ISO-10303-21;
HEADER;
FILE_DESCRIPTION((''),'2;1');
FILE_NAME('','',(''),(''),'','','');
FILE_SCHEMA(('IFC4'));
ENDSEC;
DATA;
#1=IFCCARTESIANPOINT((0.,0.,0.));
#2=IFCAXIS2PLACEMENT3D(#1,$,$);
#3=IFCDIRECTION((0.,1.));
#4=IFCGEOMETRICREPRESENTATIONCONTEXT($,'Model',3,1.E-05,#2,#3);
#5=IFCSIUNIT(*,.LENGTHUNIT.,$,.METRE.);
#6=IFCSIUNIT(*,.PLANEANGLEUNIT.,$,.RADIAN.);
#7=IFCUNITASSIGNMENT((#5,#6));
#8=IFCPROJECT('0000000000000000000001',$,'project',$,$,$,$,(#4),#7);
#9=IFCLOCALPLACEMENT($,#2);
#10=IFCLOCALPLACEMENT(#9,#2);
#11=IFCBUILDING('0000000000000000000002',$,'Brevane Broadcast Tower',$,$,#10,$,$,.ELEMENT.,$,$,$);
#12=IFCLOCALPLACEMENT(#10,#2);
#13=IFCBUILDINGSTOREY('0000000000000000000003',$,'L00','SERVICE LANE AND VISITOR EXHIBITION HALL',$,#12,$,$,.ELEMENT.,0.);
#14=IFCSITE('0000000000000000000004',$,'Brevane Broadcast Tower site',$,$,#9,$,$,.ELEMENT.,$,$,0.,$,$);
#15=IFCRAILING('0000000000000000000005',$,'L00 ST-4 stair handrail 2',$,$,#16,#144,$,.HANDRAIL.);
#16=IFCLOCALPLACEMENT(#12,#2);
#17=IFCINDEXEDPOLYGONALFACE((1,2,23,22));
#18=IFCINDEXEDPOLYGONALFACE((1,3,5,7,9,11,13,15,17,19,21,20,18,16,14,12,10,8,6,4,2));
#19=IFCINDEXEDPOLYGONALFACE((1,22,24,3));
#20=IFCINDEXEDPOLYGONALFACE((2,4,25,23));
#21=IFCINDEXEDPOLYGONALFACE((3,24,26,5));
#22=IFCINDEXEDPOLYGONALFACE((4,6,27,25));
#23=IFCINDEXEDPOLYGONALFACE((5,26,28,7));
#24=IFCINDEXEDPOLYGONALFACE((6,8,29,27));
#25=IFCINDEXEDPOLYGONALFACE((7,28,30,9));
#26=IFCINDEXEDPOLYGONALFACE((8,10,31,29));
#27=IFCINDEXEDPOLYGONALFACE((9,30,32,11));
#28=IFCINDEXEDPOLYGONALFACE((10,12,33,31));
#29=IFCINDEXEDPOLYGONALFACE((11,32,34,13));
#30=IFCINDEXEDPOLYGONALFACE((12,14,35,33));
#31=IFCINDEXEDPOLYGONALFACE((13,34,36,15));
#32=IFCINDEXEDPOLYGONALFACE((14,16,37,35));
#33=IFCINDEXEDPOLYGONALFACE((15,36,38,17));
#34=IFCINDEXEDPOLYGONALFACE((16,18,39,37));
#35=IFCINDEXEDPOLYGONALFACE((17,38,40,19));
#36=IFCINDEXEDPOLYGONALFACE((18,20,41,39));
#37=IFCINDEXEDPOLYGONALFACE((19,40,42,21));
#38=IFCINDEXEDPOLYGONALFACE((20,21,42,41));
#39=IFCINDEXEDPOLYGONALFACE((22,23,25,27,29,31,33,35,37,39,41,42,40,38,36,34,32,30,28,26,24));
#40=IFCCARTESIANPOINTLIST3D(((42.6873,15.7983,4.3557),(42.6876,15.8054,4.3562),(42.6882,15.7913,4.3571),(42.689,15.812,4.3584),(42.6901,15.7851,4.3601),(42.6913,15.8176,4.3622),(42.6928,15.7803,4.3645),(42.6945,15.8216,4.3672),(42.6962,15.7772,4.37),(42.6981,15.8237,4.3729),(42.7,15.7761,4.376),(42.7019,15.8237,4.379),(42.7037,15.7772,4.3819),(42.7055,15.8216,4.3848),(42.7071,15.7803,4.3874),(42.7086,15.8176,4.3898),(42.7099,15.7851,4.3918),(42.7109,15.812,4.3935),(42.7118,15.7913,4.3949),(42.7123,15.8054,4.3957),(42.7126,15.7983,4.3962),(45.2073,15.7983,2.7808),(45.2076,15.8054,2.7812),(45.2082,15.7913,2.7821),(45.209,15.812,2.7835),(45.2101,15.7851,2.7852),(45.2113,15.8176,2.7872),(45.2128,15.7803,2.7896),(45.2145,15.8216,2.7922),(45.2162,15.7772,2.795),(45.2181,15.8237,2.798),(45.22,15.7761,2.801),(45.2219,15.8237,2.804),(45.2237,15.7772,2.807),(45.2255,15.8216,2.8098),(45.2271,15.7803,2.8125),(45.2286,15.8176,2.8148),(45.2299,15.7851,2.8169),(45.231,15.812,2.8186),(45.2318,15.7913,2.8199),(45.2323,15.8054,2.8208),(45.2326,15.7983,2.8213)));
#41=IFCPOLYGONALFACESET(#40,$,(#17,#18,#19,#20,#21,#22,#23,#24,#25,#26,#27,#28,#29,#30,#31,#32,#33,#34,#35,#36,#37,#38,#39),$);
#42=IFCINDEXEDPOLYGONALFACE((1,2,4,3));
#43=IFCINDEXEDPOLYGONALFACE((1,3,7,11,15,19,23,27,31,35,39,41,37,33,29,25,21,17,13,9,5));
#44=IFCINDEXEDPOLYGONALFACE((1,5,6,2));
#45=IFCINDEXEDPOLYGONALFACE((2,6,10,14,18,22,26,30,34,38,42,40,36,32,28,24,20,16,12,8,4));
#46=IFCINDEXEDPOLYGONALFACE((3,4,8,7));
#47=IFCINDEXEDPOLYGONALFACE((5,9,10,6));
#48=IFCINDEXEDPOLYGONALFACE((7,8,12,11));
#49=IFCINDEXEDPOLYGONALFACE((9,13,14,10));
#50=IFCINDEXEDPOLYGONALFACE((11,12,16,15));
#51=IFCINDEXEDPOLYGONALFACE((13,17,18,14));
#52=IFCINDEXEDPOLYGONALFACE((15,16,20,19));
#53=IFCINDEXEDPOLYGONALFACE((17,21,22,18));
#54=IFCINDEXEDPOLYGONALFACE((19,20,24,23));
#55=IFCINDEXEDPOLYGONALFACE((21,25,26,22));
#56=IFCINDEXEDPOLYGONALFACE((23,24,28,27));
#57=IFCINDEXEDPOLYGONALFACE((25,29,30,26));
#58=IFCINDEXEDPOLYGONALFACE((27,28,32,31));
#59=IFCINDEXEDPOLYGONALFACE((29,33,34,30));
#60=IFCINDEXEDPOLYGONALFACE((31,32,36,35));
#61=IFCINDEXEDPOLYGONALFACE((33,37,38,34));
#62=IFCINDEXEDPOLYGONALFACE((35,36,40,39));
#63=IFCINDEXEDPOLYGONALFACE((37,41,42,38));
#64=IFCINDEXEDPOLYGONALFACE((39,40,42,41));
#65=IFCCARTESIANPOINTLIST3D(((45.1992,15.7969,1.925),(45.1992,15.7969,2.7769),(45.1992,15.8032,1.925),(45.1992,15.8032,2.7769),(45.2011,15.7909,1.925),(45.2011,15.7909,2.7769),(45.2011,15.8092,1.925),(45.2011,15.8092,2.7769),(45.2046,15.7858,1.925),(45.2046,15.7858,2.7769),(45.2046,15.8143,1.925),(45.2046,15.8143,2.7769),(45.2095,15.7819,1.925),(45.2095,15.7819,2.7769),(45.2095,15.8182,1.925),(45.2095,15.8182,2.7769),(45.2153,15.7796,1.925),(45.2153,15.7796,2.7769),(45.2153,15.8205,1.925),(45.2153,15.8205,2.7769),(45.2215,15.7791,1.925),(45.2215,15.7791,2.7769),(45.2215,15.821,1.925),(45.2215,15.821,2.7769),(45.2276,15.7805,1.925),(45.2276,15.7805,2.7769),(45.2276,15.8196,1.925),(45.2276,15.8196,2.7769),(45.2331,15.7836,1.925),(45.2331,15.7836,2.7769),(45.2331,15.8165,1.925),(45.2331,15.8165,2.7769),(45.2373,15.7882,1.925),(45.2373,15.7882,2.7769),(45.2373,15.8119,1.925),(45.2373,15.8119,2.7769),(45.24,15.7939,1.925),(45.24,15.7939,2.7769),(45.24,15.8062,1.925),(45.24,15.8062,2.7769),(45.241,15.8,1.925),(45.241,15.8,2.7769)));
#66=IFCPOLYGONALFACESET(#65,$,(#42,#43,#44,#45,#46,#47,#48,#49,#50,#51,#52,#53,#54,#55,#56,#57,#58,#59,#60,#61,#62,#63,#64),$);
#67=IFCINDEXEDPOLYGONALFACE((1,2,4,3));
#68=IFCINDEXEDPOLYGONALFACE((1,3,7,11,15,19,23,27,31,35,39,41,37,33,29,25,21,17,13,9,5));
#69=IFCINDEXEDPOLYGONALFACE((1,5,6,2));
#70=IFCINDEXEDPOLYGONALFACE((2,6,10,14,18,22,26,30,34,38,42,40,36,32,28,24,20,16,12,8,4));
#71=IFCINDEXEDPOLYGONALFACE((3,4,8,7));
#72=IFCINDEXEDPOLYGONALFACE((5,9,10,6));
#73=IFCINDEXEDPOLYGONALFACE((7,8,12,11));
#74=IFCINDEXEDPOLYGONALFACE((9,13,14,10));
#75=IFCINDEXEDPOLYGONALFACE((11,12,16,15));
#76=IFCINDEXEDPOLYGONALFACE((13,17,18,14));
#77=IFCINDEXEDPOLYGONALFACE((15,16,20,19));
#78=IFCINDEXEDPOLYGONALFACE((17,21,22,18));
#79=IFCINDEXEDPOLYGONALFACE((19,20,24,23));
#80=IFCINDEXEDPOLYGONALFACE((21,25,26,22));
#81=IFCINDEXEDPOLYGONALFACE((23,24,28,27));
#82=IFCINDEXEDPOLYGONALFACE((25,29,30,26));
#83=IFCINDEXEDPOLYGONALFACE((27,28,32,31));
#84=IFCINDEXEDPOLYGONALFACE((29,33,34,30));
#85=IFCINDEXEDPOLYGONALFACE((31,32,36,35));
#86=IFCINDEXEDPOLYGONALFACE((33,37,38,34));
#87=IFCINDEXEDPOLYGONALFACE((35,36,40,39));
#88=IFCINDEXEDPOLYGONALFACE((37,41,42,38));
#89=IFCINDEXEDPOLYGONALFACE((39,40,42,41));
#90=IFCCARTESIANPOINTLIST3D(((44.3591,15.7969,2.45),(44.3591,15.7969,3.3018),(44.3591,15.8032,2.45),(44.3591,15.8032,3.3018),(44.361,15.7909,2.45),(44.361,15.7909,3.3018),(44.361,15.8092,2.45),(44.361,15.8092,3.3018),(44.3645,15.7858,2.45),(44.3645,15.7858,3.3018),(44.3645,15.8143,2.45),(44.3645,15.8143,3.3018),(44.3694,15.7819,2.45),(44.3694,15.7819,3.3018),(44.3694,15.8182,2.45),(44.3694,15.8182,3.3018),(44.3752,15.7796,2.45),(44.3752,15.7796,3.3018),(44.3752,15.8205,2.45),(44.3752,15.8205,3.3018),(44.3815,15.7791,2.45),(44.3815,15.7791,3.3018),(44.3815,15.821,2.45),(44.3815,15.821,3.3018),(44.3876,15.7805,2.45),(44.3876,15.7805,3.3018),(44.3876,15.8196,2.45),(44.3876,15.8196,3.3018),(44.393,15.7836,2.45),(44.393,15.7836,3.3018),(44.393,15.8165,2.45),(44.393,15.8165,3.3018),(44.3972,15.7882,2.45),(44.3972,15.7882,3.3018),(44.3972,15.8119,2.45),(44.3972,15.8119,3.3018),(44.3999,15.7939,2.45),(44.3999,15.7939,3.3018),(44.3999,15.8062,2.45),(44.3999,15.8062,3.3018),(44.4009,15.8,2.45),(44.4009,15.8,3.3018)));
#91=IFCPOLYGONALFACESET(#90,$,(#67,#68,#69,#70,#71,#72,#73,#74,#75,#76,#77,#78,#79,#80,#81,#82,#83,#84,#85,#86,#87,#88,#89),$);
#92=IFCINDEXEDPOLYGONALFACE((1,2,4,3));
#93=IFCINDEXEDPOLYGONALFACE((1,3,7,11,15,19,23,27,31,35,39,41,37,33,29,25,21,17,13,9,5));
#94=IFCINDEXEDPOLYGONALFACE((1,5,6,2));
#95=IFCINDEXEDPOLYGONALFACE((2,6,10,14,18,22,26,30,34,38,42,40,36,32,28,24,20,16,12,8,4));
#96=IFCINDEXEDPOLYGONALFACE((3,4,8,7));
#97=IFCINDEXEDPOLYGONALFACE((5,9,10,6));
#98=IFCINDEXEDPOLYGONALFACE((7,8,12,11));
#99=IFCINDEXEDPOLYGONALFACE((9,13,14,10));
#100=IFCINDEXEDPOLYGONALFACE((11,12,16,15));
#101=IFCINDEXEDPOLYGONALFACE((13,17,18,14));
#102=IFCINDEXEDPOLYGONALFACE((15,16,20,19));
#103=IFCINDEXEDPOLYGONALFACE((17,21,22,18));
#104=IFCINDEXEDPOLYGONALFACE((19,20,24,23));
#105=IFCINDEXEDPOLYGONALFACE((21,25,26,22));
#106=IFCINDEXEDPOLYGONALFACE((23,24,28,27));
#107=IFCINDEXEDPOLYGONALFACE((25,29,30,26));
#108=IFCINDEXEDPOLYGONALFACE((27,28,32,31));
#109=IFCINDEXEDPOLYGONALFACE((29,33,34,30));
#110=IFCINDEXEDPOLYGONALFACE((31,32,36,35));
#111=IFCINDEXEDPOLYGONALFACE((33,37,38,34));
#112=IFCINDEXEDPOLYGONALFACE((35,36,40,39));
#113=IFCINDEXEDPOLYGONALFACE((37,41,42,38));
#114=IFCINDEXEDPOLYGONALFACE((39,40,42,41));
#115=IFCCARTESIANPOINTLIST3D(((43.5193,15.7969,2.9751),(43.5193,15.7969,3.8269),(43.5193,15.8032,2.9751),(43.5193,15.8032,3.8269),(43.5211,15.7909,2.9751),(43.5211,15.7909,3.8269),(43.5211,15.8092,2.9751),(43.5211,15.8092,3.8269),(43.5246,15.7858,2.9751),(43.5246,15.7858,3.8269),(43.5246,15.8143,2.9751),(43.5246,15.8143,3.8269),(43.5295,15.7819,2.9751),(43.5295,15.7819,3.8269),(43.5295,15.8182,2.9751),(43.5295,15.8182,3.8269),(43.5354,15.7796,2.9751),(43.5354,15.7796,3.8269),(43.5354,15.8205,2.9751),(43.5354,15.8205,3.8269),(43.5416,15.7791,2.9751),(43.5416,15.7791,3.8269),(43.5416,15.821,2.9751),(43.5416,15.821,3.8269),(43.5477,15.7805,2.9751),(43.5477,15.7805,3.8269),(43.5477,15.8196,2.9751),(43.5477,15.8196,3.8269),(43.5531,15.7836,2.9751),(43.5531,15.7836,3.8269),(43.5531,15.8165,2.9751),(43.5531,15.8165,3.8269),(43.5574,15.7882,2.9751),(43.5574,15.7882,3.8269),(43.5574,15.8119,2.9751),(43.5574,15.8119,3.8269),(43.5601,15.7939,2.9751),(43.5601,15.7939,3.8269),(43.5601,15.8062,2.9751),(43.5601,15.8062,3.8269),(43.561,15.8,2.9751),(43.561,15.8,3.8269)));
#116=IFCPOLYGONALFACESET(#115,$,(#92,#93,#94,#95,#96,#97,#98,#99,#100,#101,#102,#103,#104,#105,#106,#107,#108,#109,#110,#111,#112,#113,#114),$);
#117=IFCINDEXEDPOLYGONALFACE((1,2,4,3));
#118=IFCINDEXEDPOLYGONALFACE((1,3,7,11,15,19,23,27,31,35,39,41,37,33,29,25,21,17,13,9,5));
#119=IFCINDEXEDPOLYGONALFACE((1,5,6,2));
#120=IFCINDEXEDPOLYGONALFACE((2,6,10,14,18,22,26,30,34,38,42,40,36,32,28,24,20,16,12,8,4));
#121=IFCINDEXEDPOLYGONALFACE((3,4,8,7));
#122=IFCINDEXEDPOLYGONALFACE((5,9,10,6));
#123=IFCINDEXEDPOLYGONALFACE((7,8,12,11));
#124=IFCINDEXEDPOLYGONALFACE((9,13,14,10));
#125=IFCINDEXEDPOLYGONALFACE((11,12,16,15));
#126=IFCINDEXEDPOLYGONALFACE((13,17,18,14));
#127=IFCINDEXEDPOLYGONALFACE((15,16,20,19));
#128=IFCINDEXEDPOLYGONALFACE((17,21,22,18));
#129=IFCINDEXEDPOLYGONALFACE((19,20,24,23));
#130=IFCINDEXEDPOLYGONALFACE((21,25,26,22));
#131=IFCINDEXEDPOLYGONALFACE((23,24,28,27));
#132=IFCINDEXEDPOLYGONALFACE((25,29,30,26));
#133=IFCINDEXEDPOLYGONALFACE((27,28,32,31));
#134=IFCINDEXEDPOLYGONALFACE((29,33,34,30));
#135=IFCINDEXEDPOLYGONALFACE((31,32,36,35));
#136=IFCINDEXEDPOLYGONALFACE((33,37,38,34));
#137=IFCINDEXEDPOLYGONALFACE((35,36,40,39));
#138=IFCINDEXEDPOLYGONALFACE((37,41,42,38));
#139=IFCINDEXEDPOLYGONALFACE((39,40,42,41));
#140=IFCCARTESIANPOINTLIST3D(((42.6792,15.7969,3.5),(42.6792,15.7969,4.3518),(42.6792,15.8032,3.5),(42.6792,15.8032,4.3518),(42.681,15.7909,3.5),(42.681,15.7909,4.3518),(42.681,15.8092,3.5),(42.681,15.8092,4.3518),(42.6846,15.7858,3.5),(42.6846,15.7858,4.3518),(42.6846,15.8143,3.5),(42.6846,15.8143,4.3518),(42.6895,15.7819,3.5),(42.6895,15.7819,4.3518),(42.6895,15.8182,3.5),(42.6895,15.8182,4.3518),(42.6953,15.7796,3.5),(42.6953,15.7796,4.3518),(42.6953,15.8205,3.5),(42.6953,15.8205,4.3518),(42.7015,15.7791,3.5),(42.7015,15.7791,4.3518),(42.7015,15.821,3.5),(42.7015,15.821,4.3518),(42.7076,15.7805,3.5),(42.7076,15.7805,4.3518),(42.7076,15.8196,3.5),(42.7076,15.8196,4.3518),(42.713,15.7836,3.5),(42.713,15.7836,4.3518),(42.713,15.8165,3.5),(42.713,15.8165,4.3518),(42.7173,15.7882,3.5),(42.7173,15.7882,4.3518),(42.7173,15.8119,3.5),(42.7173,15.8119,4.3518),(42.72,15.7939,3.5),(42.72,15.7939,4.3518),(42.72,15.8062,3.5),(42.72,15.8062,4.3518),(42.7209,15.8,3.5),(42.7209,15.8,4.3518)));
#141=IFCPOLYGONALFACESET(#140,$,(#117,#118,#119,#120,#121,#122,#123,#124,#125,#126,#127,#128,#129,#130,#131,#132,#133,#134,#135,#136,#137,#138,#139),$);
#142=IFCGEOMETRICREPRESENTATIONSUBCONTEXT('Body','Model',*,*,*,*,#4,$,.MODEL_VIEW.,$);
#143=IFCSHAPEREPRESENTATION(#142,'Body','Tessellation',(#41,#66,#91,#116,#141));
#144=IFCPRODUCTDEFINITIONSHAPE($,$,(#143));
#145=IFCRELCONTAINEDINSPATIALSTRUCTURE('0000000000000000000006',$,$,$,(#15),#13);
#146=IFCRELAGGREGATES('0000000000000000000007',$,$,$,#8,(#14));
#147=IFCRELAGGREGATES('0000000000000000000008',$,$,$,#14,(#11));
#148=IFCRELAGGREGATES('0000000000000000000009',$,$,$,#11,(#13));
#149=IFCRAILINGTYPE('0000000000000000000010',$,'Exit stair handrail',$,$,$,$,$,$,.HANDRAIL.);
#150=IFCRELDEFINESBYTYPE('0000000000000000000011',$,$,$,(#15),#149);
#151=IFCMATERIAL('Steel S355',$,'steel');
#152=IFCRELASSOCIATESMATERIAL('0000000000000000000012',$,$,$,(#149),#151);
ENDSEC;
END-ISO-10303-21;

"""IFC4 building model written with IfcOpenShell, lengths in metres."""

from ifc_helpers import new_model, si_unit, direction, frame, origin, origin_2d, place, context, subcontext, project, spatial, circle, extrude, material, type_object, element, save


model = new_model("IFC4")

# Units and contexts
model_context = context("Model", 3, precision=1e-05, world=origin(), true_north=direction((0.0, 1.0)))
body_context = subcontext(model_context, "Body", "Model", "MODEL_VIEW")
ifc_project = project(units=[si_unit("LENGTHUNIT", "METRE"), si_unit("PLANEANGLEUNIT", "RADIAN")], contexts=[model_context])

# Site, building, storey
site_placement = place(None, origin())
site = spatial("IfcSite", under=ifc_project, at=site_placement, Name="Brevane Broadcast Tower site", CompositionType="ELEMENT", RefElevation=0.0)
building_placement = place(site_placement, origin())
building = spatial("IfcBuilding", under=site, at=building_placement, Name="Brevane Broadcast Tower", CompositionType="ELEMENT")
storey_placement = place(building_placement, origin())
storey = spatial("IfcBuildingStorey", under=building, at=storey_placement, Name="L00", Description="SERVICE LANE AND VISITOR EXHIBITION HALL", CompositionType="ELEMENT", Elevation=0.0)

# Railing
ifc_material_1 = material(Name="Steel S355", Category="steel")
railing_type_1 = type_object("IfcRailingType", Name="Exit stair handrail", PredefinedType="HANDRAIL", material=ifc_material_1)
for number, where, name in (
    (1, (45.22, 15.8, 1.925), "L00 ST-4 stair handrail 2"),
):
    element("IfcRailing", number, at=place(storey_placement, frame(where)), inside=storey, type_object=railing_type_1, Name=name, PredefinedType="HANDRAIL", context=body_context, shape_type="SweptSolid", body=[
        extrude(circle(Radius=0.0239, at=origin_2d()), frame((0.0, 0.0, 0.876), z_axis=(-0.848008, 0.0, 0.529984), x_axis=(0.0, -1.0, 0.0)), (0.0, 0.0, 1.0), 2.9717),
        extrude(circle(Radius=0.021, at=origin_2d()), origin(), (0.0, 0.0, 1.0), 0.8518),
        extrude(circle(Radius=0.021, at=origin_2d()), frame((-0.8401, 0.0, 0.5249)), (0.0, 0.0, 1.0), 0.8518),
        extrude(circle(Radius=0.021, at=origin_2d()), frame((-1.6799, 0.0, 1.05)), (0.0, 0.0, 1.0), 0.8518),
        extrude(circle(Radius=0.021, at=origin_2d()), frame((-2.52, 0.0, 1.575)), (0.0, 0.0, 1.0), 0.8518),
    ])

save(model, "model.ifc")
